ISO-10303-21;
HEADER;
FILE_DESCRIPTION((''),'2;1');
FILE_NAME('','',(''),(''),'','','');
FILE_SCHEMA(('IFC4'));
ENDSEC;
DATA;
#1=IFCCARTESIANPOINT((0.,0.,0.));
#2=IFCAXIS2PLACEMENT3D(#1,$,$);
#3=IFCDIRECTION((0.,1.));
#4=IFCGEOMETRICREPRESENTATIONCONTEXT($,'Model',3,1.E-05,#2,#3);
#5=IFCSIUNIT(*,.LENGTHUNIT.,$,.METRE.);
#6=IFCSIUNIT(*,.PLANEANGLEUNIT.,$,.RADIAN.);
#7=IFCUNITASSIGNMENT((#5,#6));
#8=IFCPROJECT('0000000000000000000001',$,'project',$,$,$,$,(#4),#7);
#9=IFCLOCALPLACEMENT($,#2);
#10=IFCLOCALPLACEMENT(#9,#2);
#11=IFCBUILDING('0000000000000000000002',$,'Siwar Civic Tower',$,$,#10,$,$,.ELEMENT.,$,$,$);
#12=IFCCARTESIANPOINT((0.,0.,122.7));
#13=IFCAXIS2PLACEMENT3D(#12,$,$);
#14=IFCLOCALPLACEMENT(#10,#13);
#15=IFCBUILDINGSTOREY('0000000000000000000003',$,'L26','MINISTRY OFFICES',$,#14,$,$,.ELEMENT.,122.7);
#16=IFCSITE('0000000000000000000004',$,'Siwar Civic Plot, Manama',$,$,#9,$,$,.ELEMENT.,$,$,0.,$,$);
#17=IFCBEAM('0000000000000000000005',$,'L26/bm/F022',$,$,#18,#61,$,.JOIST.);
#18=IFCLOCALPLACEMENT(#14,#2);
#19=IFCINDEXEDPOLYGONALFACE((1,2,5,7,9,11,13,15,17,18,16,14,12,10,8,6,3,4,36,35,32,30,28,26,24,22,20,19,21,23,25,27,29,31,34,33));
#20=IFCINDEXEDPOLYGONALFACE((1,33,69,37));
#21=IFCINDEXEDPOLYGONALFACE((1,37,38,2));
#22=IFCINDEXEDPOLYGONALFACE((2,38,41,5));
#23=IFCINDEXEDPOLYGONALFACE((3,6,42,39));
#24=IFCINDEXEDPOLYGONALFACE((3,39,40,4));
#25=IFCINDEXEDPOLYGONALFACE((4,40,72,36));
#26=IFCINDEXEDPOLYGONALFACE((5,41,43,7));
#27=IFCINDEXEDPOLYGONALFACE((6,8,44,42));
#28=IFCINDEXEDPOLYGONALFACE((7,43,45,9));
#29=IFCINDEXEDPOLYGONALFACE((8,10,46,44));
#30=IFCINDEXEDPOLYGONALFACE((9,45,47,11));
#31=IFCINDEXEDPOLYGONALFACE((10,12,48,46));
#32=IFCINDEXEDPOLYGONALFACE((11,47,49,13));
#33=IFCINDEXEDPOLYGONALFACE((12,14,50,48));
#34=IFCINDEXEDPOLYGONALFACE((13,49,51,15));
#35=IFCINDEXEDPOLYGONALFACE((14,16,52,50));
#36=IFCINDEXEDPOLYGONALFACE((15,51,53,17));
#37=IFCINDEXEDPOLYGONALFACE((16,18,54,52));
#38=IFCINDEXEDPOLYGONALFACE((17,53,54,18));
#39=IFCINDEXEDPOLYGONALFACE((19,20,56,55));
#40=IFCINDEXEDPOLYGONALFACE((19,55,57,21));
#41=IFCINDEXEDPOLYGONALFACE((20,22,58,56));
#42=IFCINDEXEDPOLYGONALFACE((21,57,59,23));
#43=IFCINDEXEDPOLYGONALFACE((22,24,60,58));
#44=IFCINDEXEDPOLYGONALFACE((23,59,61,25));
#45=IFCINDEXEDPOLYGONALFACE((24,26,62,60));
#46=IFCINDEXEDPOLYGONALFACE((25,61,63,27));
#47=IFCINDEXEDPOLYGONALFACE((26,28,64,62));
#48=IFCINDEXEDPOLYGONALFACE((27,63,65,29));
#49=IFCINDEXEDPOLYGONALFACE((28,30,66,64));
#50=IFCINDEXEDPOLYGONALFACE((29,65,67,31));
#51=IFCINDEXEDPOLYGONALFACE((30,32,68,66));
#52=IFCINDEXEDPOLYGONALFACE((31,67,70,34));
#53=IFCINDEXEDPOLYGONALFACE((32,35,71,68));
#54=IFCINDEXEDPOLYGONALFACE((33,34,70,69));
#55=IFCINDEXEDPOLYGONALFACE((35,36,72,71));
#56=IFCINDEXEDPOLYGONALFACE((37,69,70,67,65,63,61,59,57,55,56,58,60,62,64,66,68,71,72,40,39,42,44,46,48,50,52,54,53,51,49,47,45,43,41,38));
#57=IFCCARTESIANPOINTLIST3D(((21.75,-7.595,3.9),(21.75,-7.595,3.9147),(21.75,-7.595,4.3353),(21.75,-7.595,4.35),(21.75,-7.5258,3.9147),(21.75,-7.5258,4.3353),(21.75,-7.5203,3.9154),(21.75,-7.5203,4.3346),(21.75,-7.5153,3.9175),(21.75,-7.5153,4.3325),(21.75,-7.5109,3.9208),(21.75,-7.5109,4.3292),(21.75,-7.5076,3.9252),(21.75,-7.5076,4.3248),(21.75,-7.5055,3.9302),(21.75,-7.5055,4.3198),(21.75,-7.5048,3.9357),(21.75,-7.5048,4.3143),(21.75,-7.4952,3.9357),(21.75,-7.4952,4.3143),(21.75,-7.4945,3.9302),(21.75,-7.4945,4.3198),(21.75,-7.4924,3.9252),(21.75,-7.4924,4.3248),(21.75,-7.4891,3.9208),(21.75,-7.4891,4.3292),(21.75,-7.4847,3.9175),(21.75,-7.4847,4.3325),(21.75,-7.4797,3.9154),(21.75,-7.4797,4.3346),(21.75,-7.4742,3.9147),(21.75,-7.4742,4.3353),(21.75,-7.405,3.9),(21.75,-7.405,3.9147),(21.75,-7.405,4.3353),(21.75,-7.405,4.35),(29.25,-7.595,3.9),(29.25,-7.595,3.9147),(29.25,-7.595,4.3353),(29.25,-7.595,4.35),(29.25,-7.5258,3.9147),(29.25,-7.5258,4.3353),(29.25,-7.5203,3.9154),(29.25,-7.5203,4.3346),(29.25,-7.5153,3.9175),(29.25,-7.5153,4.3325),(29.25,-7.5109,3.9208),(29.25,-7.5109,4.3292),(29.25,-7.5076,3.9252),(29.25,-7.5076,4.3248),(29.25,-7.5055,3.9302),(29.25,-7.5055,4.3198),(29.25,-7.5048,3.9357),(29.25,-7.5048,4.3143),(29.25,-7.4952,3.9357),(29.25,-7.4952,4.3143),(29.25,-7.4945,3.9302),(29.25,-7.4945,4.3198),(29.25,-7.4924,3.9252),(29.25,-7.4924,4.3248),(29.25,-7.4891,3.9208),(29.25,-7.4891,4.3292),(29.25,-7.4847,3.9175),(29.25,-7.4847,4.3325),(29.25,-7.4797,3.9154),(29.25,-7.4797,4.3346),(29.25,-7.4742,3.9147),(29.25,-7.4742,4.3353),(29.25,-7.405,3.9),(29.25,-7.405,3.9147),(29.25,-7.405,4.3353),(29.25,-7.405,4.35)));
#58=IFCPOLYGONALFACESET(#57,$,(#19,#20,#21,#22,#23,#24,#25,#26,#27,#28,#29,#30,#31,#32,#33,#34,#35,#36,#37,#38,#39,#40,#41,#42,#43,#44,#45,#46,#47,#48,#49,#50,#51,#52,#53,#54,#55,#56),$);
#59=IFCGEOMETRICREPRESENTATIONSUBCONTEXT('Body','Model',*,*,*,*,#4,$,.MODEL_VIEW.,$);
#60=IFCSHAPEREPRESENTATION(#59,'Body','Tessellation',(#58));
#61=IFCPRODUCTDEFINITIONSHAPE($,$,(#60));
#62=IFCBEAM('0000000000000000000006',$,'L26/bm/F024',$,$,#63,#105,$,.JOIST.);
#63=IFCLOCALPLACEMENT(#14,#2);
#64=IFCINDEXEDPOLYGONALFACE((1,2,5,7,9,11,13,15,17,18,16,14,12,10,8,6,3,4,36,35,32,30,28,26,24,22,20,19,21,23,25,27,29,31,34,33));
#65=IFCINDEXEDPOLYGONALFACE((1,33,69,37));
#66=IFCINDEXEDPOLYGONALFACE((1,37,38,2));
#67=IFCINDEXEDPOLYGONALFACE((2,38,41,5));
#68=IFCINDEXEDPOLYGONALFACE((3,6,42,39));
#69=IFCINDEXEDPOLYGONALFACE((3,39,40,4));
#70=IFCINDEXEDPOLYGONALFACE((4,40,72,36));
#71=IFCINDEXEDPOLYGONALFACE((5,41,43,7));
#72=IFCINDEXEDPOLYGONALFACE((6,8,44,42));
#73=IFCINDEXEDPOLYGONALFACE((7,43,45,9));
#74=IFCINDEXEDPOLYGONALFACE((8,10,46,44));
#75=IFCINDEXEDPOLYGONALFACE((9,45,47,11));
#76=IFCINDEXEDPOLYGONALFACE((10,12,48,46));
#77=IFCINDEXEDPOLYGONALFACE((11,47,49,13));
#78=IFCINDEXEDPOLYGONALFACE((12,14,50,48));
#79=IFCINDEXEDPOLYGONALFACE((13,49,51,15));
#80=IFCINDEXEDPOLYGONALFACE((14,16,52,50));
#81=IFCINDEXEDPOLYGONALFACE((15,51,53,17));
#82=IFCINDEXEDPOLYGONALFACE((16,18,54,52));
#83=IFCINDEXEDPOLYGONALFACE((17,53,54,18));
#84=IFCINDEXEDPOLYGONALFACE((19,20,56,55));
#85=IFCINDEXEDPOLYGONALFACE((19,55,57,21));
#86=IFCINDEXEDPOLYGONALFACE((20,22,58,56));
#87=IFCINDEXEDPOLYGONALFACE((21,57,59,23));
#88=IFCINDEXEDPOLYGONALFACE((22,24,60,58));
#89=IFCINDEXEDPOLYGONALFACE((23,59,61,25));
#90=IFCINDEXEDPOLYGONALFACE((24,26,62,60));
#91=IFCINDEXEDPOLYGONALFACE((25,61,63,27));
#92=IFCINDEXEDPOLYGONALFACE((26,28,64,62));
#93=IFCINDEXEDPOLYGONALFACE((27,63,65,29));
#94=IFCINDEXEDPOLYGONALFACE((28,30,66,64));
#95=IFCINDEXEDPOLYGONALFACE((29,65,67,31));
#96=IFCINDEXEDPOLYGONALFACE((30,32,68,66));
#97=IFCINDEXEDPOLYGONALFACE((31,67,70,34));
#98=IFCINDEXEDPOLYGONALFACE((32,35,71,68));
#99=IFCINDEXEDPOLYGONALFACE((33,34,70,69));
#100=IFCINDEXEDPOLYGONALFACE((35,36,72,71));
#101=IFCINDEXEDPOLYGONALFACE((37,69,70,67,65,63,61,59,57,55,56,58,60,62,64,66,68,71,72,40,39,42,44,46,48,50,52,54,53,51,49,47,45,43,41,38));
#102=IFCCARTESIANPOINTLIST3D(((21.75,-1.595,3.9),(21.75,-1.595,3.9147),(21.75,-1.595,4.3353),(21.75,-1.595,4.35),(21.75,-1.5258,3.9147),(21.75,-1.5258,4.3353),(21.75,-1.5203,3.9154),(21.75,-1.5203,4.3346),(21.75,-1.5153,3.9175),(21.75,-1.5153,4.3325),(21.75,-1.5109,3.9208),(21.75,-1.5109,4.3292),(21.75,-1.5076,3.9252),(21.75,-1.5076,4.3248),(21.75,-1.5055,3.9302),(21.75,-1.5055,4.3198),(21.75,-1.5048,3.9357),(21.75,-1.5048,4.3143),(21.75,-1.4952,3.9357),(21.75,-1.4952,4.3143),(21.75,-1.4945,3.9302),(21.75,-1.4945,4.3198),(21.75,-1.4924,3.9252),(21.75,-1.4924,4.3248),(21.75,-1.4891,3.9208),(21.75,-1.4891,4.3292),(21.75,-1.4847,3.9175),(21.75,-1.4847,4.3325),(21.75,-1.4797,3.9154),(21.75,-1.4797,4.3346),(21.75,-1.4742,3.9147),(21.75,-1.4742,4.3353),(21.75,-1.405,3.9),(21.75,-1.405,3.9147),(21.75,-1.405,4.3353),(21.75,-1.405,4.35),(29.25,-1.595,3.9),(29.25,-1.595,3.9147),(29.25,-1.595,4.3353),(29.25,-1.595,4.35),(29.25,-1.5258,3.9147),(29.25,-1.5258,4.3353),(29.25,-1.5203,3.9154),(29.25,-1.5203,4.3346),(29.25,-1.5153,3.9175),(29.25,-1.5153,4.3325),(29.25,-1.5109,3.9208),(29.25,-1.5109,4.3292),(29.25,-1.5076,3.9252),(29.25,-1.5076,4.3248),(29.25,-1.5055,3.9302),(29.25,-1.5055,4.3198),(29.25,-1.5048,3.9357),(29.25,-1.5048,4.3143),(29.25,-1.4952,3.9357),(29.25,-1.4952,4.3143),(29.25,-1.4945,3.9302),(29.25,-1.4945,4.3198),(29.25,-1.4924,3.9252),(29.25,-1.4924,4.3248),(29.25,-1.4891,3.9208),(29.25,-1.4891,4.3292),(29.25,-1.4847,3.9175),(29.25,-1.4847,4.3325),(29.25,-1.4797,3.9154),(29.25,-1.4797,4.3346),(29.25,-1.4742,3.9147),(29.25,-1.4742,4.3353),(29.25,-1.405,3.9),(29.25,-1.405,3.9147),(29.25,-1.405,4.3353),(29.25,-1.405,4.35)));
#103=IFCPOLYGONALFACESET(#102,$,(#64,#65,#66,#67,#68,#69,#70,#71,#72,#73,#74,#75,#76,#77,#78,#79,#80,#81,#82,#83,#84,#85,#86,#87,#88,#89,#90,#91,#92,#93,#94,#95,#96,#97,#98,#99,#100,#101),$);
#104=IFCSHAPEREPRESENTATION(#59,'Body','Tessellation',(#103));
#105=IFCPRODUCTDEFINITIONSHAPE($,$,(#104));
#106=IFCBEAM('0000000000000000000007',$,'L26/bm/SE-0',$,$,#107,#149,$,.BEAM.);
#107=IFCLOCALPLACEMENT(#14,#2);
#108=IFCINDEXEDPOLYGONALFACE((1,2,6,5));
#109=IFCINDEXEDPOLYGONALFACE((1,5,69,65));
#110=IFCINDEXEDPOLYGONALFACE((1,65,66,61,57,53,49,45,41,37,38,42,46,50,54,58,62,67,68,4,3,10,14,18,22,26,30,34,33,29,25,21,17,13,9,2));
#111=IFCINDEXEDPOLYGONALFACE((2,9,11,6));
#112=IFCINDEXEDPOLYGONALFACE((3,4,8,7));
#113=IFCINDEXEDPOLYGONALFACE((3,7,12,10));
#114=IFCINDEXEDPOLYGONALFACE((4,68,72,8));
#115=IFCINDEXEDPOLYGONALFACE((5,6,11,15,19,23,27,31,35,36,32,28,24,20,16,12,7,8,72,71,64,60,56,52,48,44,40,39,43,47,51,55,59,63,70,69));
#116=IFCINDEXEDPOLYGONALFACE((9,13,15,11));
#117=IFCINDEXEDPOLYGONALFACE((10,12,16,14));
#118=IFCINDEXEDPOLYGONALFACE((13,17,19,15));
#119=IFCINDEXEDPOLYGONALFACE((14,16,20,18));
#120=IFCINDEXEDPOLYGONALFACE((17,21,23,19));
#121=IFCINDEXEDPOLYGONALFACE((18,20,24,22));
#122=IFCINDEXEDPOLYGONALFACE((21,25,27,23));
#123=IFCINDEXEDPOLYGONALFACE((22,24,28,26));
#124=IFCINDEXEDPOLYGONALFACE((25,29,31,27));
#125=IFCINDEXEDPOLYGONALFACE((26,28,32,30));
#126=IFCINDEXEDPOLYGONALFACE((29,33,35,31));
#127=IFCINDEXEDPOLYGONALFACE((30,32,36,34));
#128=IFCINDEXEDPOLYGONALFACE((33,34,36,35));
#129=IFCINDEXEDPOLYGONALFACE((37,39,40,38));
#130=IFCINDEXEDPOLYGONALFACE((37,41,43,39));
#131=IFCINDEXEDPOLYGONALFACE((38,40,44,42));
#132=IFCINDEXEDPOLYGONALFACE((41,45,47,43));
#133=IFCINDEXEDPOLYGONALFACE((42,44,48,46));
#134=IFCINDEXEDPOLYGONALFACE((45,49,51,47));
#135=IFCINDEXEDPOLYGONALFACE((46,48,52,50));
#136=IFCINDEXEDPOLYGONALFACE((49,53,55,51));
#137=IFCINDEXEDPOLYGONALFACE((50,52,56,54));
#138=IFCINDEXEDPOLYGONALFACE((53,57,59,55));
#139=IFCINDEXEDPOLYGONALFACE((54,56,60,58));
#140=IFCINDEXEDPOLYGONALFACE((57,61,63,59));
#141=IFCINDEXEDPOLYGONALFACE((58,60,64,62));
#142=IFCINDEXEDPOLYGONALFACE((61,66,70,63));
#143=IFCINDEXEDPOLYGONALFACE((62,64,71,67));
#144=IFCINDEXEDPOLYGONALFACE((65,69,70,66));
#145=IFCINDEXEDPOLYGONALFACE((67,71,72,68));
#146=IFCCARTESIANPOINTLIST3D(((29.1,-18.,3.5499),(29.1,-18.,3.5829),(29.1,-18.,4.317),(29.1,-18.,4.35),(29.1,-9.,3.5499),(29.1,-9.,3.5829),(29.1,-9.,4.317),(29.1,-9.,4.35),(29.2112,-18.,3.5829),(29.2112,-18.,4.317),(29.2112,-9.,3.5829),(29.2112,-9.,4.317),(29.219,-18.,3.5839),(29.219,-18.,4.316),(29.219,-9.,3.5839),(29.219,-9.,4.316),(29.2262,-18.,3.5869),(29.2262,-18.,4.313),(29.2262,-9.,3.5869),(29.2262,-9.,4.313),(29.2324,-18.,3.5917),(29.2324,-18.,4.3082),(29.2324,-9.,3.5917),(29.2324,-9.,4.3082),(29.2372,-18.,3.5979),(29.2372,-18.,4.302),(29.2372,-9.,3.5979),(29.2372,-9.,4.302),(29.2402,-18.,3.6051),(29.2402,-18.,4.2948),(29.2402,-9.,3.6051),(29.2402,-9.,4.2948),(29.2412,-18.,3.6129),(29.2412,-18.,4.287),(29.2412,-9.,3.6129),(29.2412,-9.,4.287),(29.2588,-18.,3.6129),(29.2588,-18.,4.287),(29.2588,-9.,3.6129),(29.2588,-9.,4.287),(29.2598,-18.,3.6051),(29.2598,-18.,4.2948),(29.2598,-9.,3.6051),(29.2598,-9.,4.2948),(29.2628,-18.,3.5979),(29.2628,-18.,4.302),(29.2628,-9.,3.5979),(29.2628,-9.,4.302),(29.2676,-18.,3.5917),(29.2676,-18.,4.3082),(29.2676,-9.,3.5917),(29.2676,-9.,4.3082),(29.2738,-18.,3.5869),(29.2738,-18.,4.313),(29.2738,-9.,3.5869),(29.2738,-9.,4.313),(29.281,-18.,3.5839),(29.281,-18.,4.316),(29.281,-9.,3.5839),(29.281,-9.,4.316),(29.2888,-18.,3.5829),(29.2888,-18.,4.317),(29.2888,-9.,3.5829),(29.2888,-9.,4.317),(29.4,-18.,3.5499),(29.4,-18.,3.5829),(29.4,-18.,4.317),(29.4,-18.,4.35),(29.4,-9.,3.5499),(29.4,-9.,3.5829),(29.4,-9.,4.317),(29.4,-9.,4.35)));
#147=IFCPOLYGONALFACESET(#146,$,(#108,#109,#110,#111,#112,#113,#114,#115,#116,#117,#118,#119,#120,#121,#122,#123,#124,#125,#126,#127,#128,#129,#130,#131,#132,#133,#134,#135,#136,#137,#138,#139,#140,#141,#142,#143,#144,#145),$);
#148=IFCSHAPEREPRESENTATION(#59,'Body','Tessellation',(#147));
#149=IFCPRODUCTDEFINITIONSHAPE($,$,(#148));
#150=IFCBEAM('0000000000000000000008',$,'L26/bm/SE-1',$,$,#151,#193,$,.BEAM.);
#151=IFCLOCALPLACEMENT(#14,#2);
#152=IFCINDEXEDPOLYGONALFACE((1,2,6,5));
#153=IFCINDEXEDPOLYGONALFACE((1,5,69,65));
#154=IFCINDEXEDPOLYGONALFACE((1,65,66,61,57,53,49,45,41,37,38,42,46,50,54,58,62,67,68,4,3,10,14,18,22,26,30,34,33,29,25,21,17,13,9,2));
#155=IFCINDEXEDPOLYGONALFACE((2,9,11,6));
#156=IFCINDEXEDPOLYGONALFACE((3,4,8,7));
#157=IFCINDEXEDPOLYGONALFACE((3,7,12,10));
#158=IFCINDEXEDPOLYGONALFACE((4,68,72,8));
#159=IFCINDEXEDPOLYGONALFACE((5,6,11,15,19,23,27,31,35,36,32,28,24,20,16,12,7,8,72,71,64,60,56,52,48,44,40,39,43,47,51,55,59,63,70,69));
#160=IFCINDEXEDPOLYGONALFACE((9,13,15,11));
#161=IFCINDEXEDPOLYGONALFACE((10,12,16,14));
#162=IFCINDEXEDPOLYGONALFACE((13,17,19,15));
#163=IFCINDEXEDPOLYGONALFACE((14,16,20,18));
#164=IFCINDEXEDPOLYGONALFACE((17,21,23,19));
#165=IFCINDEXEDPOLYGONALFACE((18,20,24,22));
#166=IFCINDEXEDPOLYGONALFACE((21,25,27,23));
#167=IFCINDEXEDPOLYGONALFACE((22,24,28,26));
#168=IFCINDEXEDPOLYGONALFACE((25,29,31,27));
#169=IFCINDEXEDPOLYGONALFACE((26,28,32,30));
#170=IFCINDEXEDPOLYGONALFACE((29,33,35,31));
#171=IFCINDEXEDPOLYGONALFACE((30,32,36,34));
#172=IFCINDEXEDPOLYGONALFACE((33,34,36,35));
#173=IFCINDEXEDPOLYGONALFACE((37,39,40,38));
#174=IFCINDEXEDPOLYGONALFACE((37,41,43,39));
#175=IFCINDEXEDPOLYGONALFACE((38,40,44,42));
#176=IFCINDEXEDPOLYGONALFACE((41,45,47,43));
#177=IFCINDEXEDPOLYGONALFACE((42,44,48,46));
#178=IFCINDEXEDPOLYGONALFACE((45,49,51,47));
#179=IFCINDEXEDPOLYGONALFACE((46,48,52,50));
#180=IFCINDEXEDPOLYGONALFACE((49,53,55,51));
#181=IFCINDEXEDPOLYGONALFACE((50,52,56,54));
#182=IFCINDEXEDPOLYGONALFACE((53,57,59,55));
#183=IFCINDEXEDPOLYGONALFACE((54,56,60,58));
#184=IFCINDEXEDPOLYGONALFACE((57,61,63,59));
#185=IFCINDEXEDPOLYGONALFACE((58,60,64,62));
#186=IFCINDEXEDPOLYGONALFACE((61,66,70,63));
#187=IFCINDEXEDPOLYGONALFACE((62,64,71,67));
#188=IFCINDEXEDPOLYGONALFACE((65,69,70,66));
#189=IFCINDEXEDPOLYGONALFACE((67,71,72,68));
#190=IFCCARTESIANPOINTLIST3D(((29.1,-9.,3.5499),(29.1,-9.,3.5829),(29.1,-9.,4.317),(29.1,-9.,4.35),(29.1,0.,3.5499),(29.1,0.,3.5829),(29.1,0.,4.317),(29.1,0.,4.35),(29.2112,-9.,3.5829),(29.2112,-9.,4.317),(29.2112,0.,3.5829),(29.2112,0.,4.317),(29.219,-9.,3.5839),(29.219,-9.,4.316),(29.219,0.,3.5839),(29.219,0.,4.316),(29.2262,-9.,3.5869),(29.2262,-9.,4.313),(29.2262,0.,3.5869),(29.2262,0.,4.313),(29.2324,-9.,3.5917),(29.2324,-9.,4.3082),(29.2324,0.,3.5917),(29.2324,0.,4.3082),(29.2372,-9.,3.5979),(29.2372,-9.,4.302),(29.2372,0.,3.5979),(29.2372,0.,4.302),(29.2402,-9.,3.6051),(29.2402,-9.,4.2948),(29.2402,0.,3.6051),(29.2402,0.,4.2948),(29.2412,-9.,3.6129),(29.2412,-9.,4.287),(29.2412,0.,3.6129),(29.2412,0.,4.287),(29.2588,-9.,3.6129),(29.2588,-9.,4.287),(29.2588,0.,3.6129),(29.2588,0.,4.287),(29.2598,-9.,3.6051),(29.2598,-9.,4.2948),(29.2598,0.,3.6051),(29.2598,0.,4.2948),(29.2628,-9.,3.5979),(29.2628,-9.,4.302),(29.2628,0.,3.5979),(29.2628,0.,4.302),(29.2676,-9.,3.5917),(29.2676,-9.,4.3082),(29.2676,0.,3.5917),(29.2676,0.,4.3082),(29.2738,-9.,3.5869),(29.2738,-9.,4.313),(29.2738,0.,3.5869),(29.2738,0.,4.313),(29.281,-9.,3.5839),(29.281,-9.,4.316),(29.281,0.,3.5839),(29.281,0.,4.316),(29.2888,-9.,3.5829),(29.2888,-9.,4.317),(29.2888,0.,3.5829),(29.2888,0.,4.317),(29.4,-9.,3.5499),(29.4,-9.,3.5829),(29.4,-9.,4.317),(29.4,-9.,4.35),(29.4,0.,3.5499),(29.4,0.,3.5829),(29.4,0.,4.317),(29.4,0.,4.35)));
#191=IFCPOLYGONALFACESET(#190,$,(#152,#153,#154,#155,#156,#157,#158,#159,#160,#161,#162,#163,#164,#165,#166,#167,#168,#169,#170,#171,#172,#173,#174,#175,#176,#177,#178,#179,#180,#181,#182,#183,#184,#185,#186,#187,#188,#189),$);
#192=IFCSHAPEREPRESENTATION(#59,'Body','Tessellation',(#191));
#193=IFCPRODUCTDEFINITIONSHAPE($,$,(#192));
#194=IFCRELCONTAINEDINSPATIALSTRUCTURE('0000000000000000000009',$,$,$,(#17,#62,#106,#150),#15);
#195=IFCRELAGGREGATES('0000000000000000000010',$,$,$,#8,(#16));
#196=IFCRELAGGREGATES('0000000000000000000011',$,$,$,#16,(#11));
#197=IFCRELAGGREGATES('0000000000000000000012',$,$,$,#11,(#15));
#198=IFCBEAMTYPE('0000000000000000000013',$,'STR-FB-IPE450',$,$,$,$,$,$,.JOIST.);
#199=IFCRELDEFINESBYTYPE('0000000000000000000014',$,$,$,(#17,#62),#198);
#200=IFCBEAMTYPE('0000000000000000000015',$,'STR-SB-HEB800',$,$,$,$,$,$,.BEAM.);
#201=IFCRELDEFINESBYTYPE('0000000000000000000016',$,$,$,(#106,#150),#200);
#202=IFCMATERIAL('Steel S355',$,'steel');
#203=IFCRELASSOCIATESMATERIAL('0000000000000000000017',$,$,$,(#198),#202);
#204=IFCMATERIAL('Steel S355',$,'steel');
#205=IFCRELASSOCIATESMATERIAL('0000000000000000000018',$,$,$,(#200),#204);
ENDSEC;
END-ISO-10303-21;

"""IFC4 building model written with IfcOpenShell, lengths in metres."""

from ifc_helpers import new_model, si_unit, direction, frame, origin, origin_2d, place, context, subcontext, project, spatial, i_section, extrude, material, material_profile, profile_set, type_object, element, save


model = new_model("IFC4")

# Units and contexts
model_context = context("Model", 3, precision=1e-05, world=origin(), true_north=direction((0.0, 1.0)))
body_context = subcontext(model_context, "Body", "Model", "MODEL_VIEW")
ifc_project = project(units=[si_unit("LENGTHUNIT", "METRE"), si_unit("PLANEANGLEUNIT", "RADIAN")], contexts=[model_context])

# Site, building, storey
site_placement = place(None, origin())
site = spatial("IfcSite", under=ifc_project, at=site_placement, Name="Siwar Civic Plot, Manama", CompositionType="ELEMENT", RefElevation=0.0)
building_placement = place(site_placement, origin())
building = spatial("IfcBuilding", under=site, at=building_placement, Name="Siwar Civic Tower", CompositionType="ELEMENT")
storey_placement = place(building_placement, frame((0.0, 0.0, 122.7)))
storey = spatial("IfcBuildingStorey", under=building, at=storey_placement, Name="L26", Description="MINISTRY OFFICES", CompositionType="ELEMENT", Elevation=122.7)

# Beams
ifc_material_1 = material(Name="Steel S355", Category="steel")
ifc_material_profile_1 = material_profile(ifc_material_1, i_section(OverallWidth=0.1899, OverallDepth=0.45, WebThickness=0.0095, FlangeThickness=0.0146, FilletRadius=0.021, at=origin_2d()), Name="IPE450")
ifc_profile_set_1 = profile_set([ifc_material_profile_1], Name="Steel S355")
beam_type_1 = type_object("IfcBeamType", Name="STR-FB-IPE450", PredefinedType="JOIST", material=ifc_profile_set_1)
for number, where, z_axis, x_axis, name in (
    (1, (21.75, -7.5, 4.125), (1.0, 0.0, 0.0), (0.0, 1.0, 0.0), "L26/bm/F022"),
    (2, (21.75, -1.5, 4.125), (1.0, 0.0, 0.0), (0.0, 1.0, 0.0), "L26/bm/F024"),
):
    element("IfcBeam", number, at=place(storey_placement, frame(where, z_axis=z_axis, x_axis=x_axis)), inside=storey, type_object=beam_type_1, Name=name, PredefinedType="JOIST", context=body_context, shape_type="SweptSolid", body=[
        extrude(i_section(OverallWidth=0.1899, OverallDepth=0.45, WebThickness=0.0095, FlangeThickness=0.0146, FilletRadius=0.021, at=origin_2d()), origin(), (0.0, 0.0, 1.0), 7.5),
    ])
ifc_material_2 = material(Name="Steel S355", Category="steel")
ifc_material_profile_2 = material_profile(ifc_material_2, i_section(OverallWidth=0.3, OverallDepth=0.8, WebThickness=0.0176, FlangeThickness=0.033, FilletRadius=0.03, at=origin_2d()), Name="HEB800")
ifc_profile_set_2 = profile_set([ifc_material_profile_2], Name="Steel S355")
beam_type_2 = type_object("IfcBeamType", Name="STR-SB-HEB800", PredefinedType="BEAM", material=ifc_profile_set_2)
for number, where, z_axis, x_axis, name in (
    (3, (29.25, -18.0, 3.95), (0.0, 1.0, 0.0), (-1.0, 0.0, 0.0), "L26/bm/SE-0"),
    (4, (29.25, -9.0, 3.95), (0.0, 1.0, 0.0), (-1.0, 0.0, 0.0), "L26/bm/SE-1"),
):
    element("IfcBeam", number, at=place(storey_placement, frame(where, z_axis=z_axis, x_axis=x_axis)), inside=storey, type_object=beam_type_2, Name=name, PredefinedType="BEAM", context=body_context, shape_type="SweptSolid", body=[
        extrude(i_section(OverallWidth=0.3, OverallDepth=0.8, WebThickness=0.0176, FlangeThickness=0.033, FilletRadius=0.03, at=origin_2d()), origin(), (0.0, 0.0, 1.0), 9.0),
    ])

save(model, "model.ifc")
